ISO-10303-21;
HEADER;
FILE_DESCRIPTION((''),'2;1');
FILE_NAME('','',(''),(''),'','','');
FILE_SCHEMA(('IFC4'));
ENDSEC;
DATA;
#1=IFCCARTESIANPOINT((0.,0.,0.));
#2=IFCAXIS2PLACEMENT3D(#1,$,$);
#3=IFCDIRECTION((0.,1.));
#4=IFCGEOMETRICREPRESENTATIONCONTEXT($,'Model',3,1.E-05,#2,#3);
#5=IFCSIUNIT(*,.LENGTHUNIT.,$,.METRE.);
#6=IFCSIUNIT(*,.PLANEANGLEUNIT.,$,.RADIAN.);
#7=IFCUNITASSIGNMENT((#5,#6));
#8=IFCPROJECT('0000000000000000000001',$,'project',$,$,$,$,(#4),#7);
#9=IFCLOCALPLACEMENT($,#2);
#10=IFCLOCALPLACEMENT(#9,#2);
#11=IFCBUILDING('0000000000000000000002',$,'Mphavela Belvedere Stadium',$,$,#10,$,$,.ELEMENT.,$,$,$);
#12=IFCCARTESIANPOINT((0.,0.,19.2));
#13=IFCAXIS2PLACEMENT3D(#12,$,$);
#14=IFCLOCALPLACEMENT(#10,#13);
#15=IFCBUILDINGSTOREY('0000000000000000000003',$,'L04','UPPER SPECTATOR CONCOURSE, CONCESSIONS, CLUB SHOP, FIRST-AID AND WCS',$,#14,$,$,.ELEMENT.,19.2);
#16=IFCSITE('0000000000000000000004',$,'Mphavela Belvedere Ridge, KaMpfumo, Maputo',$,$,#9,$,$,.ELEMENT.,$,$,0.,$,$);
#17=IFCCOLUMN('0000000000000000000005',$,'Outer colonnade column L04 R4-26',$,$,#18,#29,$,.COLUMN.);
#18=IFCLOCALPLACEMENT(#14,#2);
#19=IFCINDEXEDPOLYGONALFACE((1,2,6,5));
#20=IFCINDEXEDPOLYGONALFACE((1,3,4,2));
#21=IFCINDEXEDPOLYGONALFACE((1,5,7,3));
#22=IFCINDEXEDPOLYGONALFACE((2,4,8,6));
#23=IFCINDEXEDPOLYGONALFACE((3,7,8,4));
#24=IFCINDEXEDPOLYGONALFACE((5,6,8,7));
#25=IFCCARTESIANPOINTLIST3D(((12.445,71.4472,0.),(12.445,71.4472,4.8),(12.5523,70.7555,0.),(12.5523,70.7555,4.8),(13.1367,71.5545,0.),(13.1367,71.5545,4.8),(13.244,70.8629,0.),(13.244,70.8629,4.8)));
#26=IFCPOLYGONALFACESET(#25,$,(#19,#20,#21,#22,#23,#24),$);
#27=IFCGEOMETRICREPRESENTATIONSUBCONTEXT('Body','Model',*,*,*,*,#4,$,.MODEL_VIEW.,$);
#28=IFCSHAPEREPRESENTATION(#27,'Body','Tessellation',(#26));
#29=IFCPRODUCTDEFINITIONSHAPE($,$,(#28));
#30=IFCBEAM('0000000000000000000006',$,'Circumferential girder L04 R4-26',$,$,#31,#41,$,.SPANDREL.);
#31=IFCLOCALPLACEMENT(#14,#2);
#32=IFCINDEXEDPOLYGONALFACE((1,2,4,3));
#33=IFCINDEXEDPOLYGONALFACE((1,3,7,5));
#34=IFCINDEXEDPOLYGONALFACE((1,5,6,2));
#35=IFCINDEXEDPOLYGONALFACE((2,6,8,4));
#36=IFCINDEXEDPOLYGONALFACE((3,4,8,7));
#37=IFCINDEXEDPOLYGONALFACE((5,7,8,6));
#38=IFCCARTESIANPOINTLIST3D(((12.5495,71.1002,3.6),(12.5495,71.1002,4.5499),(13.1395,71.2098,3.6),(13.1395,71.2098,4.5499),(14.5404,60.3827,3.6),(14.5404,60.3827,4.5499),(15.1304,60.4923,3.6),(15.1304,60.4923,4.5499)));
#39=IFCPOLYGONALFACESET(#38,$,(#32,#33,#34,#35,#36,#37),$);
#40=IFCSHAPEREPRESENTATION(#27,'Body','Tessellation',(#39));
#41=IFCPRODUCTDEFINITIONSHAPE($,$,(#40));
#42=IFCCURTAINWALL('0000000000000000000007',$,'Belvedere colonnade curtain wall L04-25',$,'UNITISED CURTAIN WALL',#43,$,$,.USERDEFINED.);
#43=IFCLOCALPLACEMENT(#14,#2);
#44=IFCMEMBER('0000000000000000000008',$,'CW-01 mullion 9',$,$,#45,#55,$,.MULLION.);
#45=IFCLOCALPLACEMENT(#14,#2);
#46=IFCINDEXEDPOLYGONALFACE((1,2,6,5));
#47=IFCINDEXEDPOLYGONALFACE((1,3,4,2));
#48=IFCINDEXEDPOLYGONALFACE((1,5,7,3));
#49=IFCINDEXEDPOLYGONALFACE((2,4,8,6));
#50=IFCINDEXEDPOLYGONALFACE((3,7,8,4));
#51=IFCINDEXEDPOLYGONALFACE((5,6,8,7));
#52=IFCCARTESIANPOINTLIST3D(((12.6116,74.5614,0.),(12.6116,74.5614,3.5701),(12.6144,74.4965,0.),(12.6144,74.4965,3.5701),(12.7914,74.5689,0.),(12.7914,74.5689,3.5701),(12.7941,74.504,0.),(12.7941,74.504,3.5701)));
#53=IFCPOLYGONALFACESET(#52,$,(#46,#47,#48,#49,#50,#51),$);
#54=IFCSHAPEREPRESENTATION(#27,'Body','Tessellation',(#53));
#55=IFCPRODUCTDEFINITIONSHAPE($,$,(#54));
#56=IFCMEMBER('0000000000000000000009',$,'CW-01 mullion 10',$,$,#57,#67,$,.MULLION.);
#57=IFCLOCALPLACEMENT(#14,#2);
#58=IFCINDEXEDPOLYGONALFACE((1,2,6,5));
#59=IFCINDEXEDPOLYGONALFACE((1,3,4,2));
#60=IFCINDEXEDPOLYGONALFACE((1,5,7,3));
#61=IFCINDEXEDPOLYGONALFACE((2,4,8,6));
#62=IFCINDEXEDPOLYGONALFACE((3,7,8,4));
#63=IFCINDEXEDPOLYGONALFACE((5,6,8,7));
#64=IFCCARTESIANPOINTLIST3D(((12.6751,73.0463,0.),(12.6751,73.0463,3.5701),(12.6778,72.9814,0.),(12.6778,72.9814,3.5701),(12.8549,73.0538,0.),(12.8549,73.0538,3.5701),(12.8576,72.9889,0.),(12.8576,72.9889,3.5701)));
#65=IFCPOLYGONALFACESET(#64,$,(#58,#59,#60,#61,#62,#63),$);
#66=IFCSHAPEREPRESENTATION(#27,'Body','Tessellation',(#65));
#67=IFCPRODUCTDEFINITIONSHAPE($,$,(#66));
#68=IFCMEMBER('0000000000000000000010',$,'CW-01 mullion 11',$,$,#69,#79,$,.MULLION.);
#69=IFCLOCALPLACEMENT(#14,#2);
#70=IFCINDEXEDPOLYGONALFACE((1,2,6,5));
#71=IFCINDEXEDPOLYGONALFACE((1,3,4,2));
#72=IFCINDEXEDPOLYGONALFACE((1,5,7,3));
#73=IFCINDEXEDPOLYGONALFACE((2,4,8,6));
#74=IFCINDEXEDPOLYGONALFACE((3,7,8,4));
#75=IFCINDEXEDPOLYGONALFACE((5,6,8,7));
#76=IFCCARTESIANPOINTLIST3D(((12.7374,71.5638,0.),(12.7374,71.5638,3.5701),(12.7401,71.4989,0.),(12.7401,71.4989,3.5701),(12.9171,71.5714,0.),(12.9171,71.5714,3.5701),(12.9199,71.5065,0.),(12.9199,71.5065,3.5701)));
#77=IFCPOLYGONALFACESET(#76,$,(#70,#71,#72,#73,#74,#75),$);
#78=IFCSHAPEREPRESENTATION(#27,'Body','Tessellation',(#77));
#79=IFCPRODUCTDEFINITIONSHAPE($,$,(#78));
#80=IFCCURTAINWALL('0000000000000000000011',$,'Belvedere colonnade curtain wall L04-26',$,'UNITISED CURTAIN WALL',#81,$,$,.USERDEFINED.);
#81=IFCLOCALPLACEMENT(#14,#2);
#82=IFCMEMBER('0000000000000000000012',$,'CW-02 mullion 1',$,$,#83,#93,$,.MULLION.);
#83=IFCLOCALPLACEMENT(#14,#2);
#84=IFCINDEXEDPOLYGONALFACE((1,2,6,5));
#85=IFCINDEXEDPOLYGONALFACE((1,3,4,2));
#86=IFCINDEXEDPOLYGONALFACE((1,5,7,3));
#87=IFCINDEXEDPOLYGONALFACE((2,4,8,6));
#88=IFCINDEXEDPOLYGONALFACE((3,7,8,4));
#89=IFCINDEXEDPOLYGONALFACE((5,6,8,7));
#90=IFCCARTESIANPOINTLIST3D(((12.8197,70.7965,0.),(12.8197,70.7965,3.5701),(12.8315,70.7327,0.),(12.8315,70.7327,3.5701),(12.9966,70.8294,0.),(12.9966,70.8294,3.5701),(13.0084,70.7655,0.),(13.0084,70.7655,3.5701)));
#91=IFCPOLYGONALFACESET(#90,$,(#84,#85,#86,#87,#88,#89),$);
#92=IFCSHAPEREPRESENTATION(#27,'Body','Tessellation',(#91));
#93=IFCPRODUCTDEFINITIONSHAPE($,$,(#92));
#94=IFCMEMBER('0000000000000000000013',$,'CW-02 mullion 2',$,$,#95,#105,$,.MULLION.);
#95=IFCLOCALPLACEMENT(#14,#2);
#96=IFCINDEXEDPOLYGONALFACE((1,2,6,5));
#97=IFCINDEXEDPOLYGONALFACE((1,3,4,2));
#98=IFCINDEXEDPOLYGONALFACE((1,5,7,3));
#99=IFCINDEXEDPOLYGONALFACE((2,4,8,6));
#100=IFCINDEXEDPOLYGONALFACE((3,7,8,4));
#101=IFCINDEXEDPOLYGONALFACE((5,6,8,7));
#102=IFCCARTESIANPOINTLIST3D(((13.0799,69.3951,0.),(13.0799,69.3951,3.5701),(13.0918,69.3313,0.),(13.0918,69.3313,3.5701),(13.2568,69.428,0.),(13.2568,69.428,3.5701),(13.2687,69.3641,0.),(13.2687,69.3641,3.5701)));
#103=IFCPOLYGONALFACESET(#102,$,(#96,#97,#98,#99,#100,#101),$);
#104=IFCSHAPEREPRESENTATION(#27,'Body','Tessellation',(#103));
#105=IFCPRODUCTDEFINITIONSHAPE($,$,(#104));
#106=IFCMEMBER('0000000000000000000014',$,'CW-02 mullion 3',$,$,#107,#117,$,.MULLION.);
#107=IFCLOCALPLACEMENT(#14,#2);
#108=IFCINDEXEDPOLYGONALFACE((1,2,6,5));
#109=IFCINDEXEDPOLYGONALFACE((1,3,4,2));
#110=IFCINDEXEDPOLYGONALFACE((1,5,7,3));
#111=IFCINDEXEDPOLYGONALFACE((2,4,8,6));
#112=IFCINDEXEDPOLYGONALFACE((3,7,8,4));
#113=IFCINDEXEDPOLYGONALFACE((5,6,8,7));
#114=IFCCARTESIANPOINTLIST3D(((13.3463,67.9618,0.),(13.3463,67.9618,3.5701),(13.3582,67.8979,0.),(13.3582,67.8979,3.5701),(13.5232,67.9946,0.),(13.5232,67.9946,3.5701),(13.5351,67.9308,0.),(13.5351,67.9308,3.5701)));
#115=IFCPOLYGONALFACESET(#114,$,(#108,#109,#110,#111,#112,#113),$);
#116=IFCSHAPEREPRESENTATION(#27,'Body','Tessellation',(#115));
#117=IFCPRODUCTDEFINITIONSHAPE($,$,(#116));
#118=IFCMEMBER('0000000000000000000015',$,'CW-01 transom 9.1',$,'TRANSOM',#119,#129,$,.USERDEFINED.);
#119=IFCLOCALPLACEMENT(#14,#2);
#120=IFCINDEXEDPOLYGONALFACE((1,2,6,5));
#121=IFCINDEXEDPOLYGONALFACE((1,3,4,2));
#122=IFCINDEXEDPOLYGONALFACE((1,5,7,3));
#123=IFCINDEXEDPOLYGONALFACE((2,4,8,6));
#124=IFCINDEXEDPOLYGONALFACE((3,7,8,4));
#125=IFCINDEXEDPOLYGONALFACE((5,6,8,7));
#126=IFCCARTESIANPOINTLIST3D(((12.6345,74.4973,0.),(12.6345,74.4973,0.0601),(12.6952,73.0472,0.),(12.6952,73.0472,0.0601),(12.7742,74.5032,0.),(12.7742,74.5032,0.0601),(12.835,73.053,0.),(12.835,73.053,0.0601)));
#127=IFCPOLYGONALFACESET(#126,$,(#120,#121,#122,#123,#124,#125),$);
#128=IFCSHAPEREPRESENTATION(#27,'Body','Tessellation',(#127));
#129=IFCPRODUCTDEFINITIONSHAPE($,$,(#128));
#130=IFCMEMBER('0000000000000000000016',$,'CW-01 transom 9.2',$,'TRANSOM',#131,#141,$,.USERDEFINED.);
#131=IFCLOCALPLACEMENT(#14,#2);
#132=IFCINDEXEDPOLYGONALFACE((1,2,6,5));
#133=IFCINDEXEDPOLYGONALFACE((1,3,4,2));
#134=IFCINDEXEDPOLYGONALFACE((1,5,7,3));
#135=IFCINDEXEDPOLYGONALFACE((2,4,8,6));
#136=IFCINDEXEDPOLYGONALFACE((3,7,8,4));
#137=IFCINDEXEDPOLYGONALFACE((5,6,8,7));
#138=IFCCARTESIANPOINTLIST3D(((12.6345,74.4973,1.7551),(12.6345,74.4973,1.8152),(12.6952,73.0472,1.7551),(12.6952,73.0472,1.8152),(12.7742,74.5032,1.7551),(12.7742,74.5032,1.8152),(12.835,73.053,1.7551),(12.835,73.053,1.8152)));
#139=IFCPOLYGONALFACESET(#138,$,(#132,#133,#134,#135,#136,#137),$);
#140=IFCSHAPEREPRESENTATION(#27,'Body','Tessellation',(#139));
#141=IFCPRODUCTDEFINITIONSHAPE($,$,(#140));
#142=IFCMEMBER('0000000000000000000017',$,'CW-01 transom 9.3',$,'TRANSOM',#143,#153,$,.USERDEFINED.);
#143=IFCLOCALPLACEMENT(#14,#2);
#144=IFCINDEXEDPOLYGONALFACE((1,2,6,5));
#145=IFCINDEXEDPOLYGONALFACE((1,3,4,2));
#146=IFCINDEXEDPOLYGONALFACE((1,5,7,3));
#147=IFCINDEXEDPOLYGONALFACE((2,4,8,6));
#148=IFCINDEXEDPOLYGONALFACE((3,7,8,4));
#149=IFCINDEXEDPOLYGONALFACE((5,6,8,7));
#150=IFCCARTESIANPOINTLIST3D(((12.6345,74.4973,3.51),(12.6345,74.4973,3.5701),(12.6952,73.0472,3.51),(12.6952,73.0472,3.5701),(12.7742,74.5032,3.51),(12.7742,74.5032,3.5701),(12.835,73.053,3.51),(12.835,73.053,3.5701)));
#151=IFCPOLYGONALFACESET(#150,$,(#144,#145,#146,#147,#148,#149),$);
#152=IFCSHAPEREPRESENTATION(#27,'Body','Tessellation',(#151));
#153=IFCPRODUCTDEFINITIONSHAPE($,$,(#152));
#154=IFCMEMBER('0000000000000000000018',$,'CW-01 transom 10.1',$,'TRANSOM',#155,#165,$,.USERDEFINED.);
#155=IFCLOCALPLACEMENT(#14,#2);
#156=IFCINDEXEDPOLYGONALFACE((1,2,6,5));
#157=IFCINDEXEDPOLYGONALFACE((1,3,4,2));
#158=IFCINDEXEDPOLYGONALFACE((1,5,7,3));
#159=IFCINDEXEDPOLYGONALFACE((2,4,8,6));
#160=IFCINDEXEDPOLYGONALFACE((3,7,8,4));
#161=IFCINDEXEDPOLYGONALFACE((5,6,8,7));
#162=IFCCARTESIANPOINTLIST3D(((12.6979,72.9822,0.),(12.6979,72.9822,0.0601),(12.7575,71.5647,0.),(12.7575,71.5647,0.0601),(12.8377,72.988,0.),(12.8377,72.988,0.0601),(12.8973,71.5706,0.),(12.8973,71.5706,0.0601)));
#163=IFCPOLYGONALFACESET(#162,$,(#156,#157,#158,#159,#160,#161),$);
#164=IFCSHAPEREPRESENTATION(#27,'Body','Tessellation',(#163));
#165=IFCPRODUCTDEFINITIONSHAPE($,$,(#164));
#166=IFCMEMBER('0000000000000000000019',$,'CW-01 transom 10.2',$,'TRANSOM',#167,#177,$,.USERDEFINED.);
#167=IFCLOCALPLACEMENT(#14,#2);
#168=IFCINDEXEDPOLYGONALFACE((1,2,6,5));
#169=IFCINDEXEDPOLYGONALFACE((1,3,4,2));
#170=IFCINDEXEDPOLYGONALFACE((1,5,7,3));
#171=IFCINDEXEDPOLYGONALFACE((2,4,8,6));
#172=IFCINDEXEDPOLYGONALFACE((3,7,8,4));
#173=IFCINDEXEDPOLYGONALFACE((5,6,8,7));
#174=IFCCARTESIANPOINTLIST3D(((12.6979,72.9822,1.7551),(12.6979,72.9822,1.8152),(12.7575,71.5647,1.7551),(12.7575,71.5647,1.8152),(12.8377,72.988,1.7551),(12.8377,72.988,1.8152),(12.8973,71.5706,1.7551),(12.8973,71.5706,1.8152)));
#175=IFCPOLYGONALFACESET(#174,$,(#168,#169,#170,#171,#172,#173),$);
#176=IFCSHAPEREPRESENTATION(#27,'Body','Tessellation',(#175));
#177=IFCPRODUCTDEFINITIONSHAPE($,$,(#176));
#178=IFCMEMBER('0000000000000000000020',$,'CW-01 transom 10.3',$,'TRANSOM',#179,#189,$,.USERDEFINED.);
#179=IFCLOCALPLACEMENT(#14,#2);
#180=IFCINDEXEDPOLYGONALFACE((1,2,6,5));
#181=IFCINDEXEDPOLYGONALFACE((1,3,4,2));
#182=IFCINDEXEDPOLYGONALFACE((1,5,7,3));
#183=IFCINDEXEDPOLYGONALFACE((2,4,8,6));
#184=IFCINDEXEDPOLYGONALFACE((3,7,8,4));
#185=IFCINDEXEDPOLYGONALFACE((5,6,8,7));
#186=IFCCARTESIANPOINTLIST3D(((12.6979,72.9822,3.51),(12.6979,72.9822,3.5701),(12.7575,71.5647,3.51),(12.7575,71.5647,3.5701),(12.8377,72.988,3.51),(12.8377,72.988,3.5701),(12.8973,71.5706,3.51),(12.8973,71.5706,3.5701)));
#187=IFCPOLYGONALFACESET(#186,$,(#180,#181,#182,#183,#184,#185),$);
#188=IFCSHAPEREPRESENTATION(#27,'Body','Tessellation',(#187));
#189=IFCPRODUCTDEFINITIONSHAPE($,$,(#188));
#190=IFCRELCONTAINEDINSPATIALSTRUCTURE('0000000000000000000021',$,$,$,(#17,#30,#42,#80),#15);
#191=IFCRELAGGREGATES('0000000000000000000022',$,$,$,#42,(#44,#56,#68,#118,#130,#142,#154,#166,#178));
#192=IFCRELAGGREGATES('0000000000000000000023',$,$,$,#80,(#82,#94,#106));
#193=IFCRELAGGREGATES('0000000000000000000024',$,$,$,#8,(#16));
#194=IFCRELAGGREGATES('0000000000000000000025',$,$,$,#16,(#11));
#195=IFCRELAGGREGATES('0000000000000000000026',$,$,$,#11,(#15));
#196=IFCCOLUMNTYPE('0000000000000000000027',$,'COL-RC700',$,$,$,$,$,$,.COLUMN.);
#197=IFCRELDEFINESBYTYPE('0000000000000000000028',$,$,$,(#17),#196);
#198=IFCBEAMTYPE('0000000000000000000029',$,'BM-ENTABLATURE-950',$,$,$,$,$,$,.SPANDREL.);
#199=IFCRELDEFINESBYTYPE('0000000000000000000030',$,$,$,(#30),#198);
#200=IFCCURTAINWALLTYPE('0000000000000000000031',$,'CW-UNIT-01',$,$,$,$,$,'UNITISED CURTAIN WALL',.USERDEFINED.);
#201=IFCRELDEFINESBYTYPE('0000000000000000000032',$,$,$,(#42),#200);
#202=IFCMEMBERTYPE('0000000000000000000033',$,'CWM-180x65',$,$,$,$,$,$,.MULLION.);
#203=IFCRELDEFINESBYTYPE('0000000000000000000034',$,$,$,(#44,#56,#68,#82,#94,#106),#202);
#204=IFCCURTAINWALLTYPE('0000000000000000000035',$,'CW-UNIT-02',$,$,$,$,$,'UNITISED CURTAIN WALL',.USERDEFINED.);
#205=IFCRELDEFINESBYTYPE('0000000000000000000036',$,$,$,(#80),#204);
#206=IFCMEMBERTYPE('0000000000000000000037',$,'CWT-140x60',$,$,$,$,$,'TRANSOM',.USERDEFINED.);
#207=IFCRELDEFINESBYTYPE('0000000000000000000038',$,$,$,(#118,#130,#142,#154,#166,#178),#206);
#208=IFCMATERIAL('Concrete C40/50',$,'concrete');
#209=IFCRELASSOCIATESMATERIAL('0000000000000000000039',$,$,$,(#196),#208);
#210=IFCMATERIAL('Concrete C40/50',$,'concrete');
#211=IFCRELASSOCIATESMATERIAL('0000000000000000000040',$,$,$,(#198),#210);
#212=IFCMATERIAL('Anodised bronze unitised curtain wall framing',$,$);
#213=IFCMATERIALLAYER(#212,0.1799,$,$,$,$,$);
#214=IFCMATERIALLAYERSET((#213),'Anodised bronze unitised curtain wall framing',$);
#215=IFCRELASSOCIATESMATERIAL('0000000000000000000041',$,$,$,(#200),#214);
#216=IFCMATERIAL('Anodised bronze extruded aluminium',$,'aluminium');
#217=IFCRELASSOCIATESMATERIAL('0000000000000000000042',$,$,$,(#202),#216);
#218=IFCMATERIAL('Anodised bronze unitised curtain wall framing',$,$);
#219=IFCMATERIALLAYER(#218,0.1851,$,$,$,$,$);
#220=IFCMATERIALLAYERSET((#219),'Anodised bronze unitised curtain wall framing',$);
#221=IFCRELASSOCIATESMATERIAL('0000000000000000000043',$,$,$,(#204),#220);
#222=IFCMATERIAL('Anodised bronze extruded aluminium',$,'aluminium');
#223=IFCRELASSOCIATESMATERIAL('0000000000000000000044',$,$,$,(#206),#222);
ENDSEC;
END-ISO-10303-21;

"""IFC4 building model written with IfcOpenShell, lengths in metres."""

from ifc_helpers import new_model, si_unit, direction, frame, origin, origin_2d, place, context, subcontext, project, spatial, rectangle, extrude, material, layer, layer_set, material_profile, profile_set, type_object, element, aggregate, save


model = new_model("IFC4")

# Units and contexts
model_context = context("Model", 3, precision=1e-05, world=origin(), true_north=direction((0.0, 1.0)))
body_context = subcontext(model_context, "Body", "Model", "MODEL_VIEW")
ifc_project = project(units=[si_unit("LENGTHUNIT", "METRE"), si_unit("PLANEANGLEUNIT", "RADIAN")], contexts=[model_context])

# Site, building, storey
site_placement = place(None, origin())
site = spatial("IfcSite", under=ifc_project, at=site_placement, Name="Mphavela Belvedere Ridge, KaMpfumo, Maputo", CompositionType="ELEMENT", RefElevation=0.0)
building_placement = place(site_placement, origin())
building = spatial("IfcBuilding", under=site, at=building_placement, Name="Mphavela Belvedere Stadium", CompositionType="ELEMENT")
storey_placement = place(building_placement, frame((0.0, 0.0, 19.2)))
storey = spatial("IfcBuildingStorey", under=building, at=storey_placement, Name="L04", Description="UPPER SPECTATOR CONCOURSE, CONCESSIONS, CLUB SHOP, FIRST-AID AND WCS", CompositionType="ELEMENT", Elevation=19.2)

# Column
ifc_material_1 = material(Name="Concrete C40/50", Category="concrete")
ifc_material_profile_1 = material_profile(ifc_material_1, rectangle(XDim=0.7, YDim=0.7, at=origin_2d()), Name="RC 700x700")
ifc_profile_set_1 = profile_set([ifc_material_profile_1], Name="Concrete C40/50")
column_type = type_object("IfcColumnType", Name="COL-RC700", PredefinedType="COLUMN", material=ifc_profile_set_1)
column_placement = place(storey_placement, frame((12.8445, 71.155, 0.0), z_axis=(0.0, 0.0, 1.0), x_axis=(-0.988175, -0.153331, 0.0)))
element("IfcColumn", 1, at=column_placement, inside=storey, type_object=column_type, Name="Outer colonnade column L04 R4-26", PredefinedType="COLUMN", context=body_context, shape_type="SweptSolid", body=[
    extrude(rectangle(XDim=0.7, YDim=0.7, at=origin_2d()), origin(), (0.0, 0.0, 1.0), 4.8),
])

# Beam
ifc_material_2 = material(Name="Concrete C40/50", Category="concrete")
ifc_material_profile_2 = material_profile(ifc_material_2, rectangle(XDim=0.6001, YDim=0.95, at=origin_2d()), Name="RC 600x950")
ifc_profile_set_2 = profile_set([ifc_material_profile_2], Name="Concrete C40/50")
beam_type = type_object("IfcBeamType", Name="BM-ENTABLATURE-950", PredefinedType="SPANDREL", material=ifc_profile_set_2)
beam_placement = place(storey_placement, frame((12.8445, 71.155, 4.075), z_axis=(0.182643, -0.983179, 0.0), x_axis=(0.983179, 0.182643, 0.0)))
element("IfcBeam", 2, at=beam_placement, inside=storey, type_object=beam_type, Name="Circumferential girder L04 R4-26", PredefinedType="SPANDREL", context=body_context, shape_type="SweptSolid", body=[
    extrude(rectangle(XDim=0.6001, YDim=0.95, at=origin_2d()), origin(), (0.0, 0.0, 1.0), 10.9009),
])

# Curtain walls, members
ifc_material_3 = material(Name="Anodised bronze unitised curtain wall framing")
ifc_layer_1 = layer(ifc_material_3, 0.1799)
ifc_layer_set_1 = layer_set([ifc_layer_1], Name="Anodised bronze unitised curtain wall framing")
curtain_wall_type_1 = type_object("IfcCurtainWallType", Name="CW-UNIT-01", ElementType="UNITISED CURTAIN WALL", PredefinedType="USERDEFINED", material=ifc_layer_set_1)
curtain_wall_1_placement = place(storey_placement, origin())
curtain_wall_1 = element("IfcCurtainWall", 3, at=curtain_wall_1_placement, inside=storey, type_object=curtain_wall_type_1, Name="Belvedere colonnade curtain wall L04-25", ObjectType="UNITISED CURTAIN WALL", PredefinedType="USERDEFINED")
ifc_material_4 = material(Name="Anodised bronze extruded aluminium", Category="aluminium")
ifc_material_profile_3 = material_profile(ifc_material_4, rectangle(XDim=0.1799, YDim=0.0649, at=origin_2d()), Name="CW-MUL 180x65")
ifc_profile_set_3 = profile_set([ifc_material_profile_3], Name="Anodised bronze extruded aluminium")
member_type_1 = type_object("IfcMemberType", Name="CWM-180x65", PredefinedType="MULLION", material=ifc_profile_set_3)
member_1_placement = place(storey_placement, frame((12.7029, 74.5327, 0.0), z_axis=(0.0, 0.0, 1.0), x_axis=(0.999122, 0.041905, 0.0)))
member_1 = element("IfcMember", 4, at=member_1_placement, type_object=member_type_1, Name="CW-01 mullion 9", PredefinedType="MULLION", context=body_context, shape_type="SweptSolid", body=[
    extrude(rectangle(XDim=0.1799, YDim=0.0649, at=origin_2d()), origin(), (0.0, 0.0, 1.0), 3.5701),
])
member_2_placement = place(storey_placement, frame((12.7664, 73.0176, 0.0), z_axis=(0.0, 0.0, 1.0), x_axis=(0.999122, 0.041905, 0.0)))
member_2 = element("IfcMember", 5, at=member_2_placement, type_object=member_type_1, Name="CW-01 mullion 10", PredefinedType="MULLION", context=body_context, shape_type="SweptSolid", body=[
    extrude(rectangle(XDim=0.1799, YDim=0.0649, at=origin_2d()), origin(), (0.0, 0.0, 1.0), 3.5701),
])
member_3_placement = place(storey_placement, frame((12.8286, 71.5352, 0.0), z_axis=(0.0, 0.0, 1.0), x_axis=(0.999122, 0.041905, 0.0)))
member_3 = element("IfcMember", 6, at=member_3_placement, type_object=member_type_1, Name="CW-01 mullion 11", PredefinedType="MULLION", context=body_context, shape_type="SweptSolid", body=[
    extrude(rectangle(XDim=0.1799, YDim=0.0649, at=origin_2d()), origin(), (0.0, 0.0, 1.0), 3.5701),
])
ifc_material_5 = material(Name="Anodised bronze unitised curtain wall framing")
ifc_layer_2 = layer(ifc_material_5, 0.1851)
ifc_layer_set_2 = layer_set([ifc_layer_2], Name="Anodised bronze unitised curtain wall framing")
curtain_wall_type_2 = type_object("IfcCurtainWallType", Name="CW-UNIT-02", ElementType="UNITISED CURTAIN WALL", PredefinedType="USERDEFINED", material=ifc_layer_set_2)
curtain_wall_2_placement = place(storey_placement, origin())
curtain_wall_2 = element("IfcCurtainWall", 7, at=curtain_wall_2_placement, inside=storey, type_object=curtain_wall_type_2, Name="Belvedere colonnade curtain wall L04-26", ObjectType="UNITISED CURTAIN WALL", PredefinedType="USERDEFINED")
member_4_placement = place(storey_placement, frame((12.9141, 70.781, 0.0), z_axis=(0.0, 0.0, 1.0), x_axis=(0.983184, 0.182618, 0.0)))
member_4 = element("IfcMember", 8, at=member_4_placement, type_object=member_type_1, Name="CW-02 mullion 1", PredefinedType="MULLION", context=body_context, shape_type="SweptSolid", body=[
    extrude(rectangle(XDim=0.1799, YDim=0.0649, at=origin_2d()), origin(), (0.0, 0.0, 1.0), 3.5701),
])
member_5_placement = place(storey_placement, frame((13.1743, 69.3796, 0.0), z_axis=(0.0, 0.0, 1.0), x_axis=(0.983184, 0.182618, 0.0)))
member_5 = element("IfcMember", 9, at=member_5_placement, type_object=member_type_1, Name="CW-02 mullion 2", PredefinedType="MULLION", context=body_context, shape_type="SweptSolid", body=[
    extrude(rectangle(XDim=0.1799, YDim=0.0649, at=origin_2d()), origin(), (0.0, 0.0, 1.0), 3.5701),
])
member_6_placement = place(storey_placement, frame((13.4407, 67.9463, 0.0), z_axis=(0.0, 0.0, 1.0), x_axis=(0.983184, 0.182618, 0.0)))
member_6 = element("IfcMember", 10, at=member_6_placement, type_object=member_type_1, Name="CW-02 mullion 3", PredefinedType="MULLION", context=body_context, shape_type="SweptSolid", body=[
    extrude(rectangle(XDim=0.1799, YDim=0.0649, at=origin_2d()), origin(), (0.0, 0.0, 1.0), 3.5701),
])

# Members
ifc_material_6 = material(Name="Anodised bronze extruded aluminium", Category="aluminium")
ifc_material_profile_4 = material_profile(ifc_material_6, rectangle(XDim=0.1399, YDim=0.0601, at=origin_2d()), Name="CW-TRN 140x60")
ifc_profile_set_4 = profile_set([ifc_material_profile_4], Name="Anodised bronze extruded aluminium")
member_type_2 = type_object("IfcMemberType", Name="CWT-140x60", ElementType="TRANSOM", PredefinedType="USERDEFINED", material=ifc_profile_set_4)
member_7_placement = place(storey_placement, frame((12.7043, 74.5002, 0.03), z_axis=(0.041882, -0.999123, 0.0), x_axis=(0.999123, 0.041882, 0.0)))
member_7 = element("IfcMember", 11, at=member_7_placement, type_object=member_type_2, Name="CW-01 transom 9.1", ObjectType="TRANSOM", PredefinedType="USERDEFINED", context=body_context, shape_type="SweptSolid", body=[
    extrude(rectangle(XDim=0.1399, YDim=0.0601, at=origin_2d()), origin(), (0.0, 0.0, 1.0), 1.4514),
])
member_8_placement = place(storey_placement, frame((12.7043, 74.5002, 1.7852), z_axis=(0.041882, -0.999123, 0.0), x_axis=(0.999123, 0.041882, 0.0)))
member_8 = element("IfcMember", 12, at=member_8_placement, type_object=member_type_2, Name="CW-01 transom 9.2", ObjectType="TRANSOM", PredefinedType="USERDEFINED", context=body_context, shape_type="SweptSolid", body=[
    extrude(rectangle(XDim=0.1399, YDim=0.0601, at=origin_2d()), origin(), (0.0, 0.0, 1.0), 1.4514),
])
member_9_placement = place(storey_placement, frame((12.7043, 74.5002, 3.54), z_axis=(0.041882, -0.999123, 0.0), x_axis=(0.999123, 0.041882, 0.0)))
member_9 = element("IfcMember", 13, at=member_9_placement, type_object=member_type_2, Name="CW-01 transom 9.3", ObjectType="TRANSOM", PredefinedType="USERDEFINED", context=body_context, shape_type="SweptSolid", body=[
    extrude(rectangle(XDim=0.1399, YDim=0.0601, at=origin_2d()), origin(), (0.0, 0.0, 1.0), 1.4514),
])
member_10_placement = place(storey_placement, frame((12.7678, 72.9851, 0.03), z_axis=(0.041988, -0.999118, 0.0), x_axis=(0.999118, 0.041988, 0.0)))
member_10 = element("IfcMember", 14, at=member_10_placement, type_object=member_type_2, Name="CW-01 transom 10.1", ObjectType="TRANSOM", PredefinedType="USERDEFINED", context=body_context, shape_type="SweptSolid", body=[
    extrude(rectangle(XDim=0.1399, YDim=0.0601, at=origin_2d()), origin(), (0.0, 0.0, 1.0), 1.4187),
])
member_11_placement = place(storey_placement, frame((12.7678, 72.9851, 1.7852), z_axis=(0.041988, -0.999118, 0.0), x_axis=(0.999118, 0.041988, 0.0)))
member_11 = element("IfcMember", 15, at=member_11_placement, type_object=member_type_2, Name="CW-01 transom 10.2", ObjectType="TRANSOM", PredefinedType="USERDEFINED", context=body_context, shape_type="SweptSolid", body=[
    extrude(rectangle(XDim=0.1399, YDim=0.0601, at=origin_2d()), origin(), (0.0, 0.0, 1.0), 1.4187),
])
member_12_placement = place(storey_placement, frame((12.7678, 72.9851, 3.54), z_axis=(0.041988, -0.999118, 0.0), x_axis=(0.999118, 0.041988, 0.0)))
member_12 = element("IfcMember", 16, at=member_12_placement, type_object=member_type_2, Name="CW-01 transom 10.3", ObjectType="TRANSOM", PredefinedType="USERDEFINED", context=body_context, shape_type="SweptSolid", body=[
    extrude(rectangle(XDim=0.1399, YDim=0.0601, at=origin_2d()), origin(), (0.0, 0.0, 1.0), 1.4187),
])

aggregate(curtain_wall_1, [member_1, member_2, member_3, member_7, member_8, member_9, member_10, member_11, member_12])
aggregate(curtain_wall_2, [member_4, member_5, member_6])

save(model, "model.ifc")
